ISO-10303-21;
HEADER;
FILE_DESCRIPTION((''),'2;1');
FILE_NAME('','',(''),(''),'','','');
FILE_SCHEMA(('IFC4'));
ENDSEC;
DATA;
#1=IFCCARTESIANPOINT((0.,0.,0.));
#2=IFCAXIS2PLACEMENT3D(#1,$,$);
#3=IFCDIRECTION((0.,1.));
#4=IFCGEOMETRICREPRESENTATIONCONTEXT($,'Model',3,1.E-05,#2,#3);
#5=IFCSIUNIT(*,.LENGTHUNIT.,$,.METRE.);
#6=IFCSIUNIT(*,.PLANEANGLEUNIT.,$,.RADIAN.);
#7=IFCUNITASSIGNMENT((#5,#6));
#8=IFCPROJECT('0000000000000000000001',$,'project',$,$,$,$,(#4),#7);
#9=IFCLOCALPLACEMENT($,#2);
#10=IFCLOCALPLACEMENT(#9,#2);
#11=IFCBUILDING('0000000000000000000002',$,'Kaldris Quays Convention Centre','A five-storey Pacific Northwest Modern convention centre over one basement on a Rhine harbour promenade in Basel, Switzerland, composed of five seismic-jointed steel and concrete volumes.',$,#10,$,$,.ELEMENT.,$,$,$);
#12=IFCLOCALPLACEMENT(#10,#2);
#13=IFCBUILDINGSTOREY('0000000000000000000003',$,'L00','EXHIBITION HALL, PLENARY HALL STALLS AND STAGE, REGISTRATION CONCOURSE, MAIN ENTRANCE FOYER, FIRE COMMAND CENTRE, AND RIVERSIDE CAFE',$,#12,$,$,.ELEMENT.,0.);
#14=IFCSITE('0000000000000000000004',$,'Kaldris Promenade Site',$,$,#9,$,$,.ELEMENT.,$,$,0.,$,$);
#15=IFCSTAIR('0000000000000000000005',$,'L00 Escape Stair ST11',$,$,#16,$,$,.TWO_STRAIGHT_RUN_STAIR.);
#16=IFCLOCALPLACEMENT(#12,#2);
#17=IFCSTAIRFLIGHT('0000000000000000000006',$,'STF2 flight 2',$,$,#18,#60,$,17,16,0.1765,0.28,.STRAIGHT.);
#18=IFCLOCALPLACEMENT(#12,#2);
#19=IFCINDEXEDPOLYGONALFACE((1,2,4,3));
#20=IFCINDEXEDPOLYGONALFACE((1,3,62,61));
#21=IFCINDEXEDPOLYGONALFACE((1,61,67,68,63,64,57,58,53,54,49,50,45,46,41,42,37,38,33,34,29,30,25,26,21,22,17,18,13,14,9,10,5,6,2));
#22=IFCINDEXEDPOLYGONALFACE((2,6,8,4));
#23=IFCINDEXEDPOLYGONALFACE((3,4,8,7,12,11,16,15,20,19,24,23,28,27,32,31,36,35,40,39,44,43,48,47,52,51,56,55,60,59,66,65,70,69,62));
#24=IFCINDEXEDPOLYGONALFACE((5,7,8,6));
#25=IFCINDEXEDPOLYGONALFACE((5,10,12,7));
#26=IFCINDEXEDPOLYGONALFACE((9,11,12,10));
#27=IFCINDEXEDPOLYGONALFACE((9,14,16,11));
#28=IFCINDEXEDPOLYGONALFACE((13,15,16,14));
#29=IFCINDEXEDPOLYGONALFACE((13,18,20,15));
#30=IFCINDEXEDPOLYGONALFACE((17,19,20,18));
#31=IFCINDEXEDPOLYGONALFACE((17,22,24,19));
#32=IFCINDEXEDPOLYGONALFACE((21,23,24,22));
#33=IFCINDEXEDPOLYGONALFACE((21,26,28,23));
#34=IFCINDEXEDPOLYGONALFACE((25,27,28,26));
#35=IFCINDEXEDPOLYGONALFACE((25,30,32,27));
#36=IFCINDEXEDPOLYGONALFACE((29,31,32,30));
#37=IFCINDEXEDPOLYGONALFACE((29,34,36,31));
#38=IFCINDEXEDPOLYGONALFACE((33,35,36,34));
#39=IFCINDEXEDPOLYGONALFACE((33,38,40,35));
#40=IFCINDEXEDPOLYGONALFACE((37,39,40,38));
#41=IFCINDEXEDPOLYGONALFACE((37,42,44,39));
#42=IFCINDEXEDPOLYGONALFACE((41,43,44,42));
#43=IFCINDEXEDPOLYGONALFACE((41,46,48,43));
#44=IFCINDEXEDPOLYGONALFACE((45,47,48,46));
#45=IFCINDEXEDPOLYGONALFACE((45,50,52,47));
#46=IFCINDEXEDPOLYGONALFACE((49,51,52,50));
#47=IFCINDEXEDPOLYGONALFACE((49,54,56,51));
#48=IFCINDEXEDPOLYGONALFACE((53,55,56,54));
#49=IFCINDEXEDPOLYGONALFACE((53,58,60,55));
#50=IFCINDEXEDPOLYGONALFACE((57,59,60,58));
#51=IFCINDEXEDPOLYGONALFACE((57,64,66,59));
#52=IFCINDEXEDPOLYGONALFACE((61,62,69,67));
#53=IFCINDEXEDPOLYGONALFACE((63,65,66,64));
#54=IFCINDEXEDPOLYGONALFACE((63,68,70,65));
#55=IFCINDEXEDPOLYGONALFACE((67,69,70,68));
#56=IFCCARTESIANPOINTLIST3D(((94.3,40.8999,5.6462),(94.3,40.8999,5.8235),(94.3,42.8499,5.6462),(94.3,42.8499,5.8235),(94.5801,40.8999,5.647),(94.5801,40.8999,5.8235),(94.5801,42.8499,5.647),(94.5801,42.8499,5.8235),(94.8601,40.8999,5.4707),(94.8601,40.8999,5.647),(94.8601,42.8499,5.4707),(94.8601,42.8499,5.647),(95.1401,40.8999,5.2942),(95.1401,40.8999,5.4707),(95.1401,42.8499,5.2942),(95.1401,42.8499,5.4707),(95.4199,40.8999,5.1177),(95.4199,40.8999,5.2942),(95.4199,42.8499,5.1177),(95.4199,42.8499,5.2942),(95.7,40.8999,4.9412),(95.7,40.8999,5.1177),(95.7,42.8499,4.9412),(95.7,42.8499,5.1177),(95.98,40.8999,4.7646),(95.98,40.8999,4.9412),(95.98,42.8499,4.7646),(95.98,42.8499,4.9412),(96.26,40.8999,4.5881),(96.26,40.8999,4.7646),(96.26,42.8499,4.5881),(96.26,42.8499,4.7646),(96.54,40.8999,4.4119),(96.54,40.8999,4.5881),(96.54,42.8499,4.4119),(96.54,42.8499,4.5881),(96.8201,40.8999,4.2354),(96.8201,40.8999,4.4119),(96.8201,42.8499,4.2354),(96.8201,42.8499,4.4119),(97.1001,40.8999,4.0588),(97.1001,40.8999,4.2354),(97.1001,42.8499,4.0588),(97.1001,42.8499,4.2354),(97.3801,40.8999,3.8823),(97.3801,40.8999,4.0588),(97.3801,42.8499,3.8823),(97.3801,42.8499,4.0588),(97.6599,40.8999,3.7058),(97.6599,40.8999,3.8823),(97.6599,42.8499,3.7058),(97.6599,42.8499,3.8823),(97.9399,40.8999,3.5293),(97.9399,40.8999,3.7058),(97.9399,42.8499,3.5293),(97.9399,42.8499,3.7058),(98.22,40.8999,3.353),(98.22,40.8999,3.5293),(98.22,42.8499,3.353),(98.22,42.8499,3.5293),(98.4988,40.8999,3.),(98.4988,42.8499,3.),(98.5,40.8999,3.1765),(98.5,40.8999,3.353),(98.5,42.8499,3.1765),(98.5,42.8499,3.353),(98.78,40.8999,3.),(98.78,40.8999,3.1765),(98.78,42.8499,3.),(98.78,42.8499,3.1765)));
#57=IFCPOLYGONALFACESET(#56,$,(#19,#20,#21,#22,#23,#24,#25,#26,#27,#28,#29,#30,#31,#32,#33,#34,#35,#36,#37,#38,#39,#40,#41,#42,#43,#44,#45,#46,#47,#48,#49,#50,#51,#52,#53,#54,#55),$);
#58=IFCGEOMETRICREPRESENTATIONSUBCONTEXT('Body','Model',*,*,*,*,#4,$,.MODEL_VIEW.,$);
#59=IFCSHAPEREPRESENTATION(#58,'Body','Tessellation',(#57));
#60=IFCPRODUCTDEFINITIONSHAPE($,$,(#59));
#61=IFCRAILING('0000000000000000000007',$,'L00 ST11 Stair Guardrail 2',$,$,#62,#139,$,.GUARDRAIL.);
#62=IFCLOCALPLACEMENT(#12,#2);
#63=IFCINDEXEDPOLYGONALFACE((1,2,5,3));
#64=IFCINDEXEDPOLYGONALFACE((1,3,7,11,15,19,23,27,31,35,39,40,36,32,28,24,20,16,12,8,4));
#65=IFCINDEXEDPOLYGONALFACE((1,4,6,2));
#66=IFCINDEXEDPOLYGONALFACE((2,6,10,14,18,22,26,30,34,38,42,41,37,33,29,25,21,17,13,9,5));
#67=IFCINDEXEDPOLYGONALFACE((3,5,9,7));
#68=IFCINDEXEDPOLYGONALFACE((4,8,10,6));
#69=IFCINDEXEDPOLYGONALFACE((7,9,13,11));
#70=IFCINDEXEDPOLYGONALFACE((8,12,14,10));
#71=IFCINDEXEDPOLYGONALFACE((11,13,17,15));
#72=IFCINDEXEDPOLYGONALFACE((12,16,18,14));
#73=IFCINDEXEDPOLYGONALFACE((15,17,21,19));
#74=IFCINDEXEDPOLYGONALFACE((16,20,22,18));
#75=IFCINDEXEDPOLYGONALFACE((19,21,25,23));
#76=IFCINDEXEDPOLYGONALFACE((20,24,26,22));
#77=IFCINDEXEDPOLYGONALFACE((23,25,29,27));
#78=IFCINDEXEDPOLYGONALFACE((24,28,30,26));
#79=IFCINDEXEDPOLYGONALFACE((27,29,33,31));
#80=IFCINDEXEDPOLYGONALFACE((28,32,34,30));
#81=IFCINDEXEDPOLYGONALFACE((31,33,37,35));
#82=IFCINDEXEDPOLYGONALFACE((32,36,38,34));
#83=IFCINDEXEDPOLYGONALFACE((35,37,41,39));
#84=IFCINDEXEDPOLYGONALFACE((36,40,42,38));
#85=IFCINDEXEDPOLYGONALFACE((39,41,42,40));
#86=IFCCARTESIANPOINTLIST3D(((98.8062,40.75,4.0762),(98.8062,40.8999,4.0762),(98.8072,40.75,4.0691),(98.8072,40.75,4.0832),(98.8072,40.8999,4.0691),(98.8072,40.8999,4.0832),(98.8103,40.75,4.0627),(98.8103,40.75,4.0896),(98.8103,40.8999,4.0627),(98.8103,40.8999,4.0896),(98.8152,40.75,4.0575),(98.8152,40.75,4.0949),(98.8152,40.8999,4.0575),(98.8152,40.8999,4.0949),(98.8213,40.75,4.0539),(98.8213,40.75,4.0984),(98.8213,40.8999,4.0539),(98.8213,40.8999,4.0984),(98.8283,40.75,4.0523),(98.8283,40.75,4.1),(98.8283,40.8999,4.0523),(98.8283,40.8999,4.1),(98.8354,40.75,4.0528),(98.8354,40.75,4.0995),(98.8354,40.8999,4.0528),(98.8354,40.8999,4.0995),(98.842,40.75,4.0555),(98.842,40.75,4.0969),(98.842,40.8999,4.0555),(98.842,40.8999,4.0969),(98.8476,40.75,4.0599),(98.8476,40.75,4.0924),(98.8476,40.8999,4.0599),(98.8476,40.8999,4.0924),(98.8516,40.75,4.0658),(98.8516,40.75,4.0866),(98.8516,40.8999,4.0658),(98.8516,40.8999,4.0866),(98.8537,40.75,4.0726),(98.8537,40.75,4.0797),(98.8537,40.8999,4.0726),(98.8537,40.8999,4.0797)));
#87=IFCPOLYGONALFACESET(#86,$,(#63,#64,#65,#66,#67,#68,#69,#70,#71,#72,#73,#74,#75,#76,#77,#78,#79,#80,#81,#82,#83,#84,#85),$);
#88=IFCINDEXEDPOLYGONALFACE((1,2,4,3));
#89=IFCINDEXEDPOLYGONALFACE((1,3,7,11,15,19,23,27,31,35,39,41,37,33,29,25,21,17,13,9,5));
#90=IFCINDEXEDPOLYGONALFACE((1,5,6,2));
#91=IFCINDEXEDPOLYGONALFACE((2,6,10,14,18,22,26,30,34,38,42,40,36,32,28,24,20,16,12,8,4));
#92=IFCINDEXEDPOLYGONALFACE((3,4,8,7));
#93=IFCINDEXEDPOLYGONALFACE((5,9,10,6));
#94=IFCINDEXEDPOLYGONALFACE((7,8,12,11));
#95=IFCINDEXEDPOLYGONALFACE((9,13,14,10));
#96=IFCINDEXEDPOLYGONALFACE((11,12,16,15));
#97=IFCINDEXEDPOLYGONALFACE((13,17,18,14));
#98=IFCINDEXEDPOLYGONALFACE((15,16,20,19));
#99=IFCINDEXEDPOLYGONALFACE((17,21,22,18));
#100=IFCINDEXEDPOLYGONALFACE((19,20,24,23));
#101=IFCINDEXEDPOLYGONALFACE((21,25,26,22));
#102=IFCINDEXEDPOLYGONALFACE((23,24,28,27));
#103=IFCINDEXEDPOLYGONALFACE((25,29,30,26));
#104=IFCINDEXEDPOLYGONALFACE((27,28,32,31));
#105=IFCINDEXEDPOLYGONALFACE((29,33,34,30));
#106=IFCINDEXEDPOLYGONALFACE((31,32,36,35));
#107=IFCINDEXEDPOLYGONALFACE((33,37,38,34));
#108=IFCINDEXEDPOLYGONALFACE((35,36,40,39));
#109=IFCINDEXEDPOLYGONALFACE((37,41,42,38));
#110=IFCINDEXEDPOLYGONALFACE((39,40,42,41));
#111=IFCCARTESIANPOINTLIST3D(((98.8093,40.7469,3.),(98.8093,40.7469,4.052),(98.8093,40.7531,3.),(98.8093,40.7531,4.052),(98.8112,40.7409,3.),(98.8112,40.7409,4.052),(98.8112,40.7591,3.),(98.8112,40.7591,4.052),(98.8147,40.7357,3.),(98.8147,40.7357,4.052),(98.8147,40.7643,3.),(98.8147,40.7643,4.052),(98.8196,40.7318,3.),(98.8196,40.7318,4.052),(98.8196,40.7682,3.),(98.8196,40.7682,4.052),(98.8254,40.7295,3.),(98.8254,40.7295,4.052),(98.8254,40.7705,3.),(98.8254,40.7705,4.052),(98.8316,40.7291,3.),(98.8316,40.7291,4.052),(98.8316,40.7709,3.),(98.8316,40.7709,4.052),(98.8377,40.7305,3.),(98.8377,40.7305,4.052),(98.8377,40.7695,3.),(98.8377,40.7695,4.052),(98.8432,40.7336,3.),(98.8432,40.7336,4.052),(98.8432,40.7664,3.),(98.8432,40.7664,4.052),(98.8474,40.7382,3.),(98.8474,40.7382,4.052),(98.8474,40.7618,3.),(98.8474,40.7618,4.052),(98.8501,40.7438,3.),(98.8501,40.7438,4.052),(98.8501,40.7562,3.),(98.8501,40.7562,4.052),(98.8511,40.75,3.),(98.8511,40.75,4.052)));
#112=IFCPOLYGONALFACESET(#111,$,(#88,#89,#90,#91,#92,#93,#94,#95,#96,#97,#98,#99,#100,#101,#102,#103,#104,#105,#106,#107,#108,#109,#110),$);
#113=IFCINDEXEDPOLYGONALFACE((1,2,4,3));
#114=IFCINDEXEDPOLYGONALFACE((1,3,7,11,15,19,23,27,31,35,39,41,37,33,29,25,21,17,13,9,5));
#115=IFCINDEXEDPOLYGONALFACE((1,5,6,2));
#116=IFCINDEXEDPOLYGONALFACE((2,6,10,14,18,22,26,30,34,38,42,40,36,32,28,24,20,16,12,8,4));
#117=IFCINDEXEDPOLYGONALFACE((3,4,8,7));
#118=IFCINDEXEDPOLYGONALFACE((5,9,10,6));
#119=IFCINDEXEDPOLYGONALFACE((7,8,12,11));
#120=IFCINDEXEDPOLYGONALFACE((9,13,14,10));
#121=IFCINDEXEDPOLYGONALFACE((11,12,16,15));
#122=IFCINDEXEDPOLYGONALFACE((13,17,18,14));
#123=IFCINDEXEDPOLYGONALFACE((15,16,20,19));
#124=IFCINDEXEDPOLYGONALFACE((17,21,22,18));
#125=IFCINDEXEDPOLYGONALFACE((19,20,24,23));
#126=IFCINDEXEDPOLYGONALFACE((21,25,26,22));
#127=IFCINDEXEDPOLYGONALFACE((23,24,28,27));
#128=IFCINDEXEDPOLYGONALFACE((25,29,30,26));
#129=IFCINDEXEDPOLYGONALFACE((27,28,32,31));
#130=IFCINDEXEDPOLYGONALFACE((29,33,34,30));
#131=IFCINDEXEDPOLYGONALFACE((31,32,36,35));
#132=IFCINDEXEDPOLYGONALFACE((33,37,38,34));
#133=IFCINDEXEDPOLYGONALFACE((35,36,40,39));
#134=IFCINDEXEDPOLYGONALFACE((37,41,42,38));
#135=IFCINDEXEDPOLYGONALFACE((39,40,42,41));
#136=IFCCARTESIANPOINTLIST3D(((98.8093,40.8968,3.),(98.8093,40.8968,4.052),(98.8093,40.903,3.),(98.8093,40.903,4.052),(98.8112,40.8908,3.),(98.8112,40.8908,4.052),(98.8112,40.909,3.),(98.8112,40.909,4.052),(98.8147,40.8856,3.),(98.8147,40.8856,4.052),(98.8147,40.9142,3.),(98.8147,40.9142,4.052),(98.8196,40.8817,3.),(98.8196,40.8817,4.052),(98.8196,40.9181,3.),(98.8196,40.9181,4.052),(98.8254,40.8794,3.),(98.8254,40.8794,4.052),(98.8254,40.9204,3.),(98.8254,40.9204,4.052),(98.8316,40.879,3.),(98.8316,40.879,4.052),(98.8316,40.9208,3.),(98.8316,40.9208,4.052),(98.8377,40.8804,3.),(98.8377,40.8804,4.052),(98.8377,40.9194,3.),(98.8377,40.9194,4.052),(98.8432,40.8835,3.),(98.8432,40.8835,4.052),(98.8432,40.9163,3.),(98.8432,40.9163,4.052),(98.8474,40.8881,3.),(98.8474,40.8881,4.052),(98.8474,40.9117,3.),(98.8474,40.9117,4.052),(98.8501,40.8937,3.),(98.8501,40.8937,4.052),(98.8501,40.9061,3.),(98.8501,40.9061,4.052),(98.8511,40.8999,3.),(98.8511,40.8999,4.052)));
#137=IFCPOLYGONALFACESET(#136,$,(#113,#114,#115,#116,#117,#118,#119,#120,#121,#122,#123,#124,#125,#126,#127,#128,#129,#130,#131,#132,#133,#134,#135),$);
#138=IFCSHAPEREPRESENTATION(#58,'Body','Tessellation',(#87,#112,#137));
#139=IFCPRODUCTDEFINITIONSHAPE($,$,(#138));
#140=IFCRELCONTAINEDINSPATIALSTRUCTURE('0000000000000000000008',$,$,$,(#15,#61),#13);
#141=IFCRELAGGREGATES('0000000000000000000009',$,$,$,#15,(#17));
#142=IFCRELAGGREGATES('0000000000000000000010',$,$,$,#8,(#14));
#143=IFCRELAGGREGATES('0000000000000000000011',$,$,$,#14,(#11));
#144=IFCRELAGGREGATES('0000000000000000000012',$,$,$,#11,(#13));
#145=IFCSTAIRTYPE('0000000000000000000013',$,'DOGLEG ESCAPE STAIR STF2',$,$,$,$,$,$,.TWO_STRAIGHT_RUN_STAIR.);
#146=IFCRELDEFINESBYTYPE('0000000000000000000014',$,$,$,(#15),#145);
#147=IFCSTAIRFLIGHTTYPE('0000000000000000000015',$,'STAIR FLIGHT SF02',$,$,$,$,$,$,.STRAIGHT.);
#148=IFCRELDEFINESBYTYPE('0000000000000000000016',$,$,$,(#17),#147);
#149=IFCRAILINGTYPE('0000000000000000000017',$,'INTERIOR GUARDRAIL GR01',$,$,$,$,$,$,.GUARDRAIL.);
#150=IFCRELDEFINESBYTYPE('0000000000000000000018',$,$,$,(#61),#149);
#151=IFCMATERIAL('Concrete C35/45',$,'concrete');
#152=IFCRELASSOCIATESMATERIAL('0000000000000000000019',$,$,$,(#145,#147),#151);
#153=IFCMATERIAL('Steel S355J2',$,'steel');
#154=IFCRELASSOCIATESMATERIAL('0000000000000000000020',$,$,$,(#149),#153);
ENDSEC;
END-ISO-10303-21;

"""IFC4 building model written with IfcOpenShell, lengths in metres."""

from ifc_helpers import new_model, si_unit, direction, frame, origin, origin_2d, place, context, subcontext, project, spatial, polyline, circle, outline, extrude, material, type_object, element, aggregate, save


model = new_model("IFC4")

# Units and contexts
model_context = context("Model", 3, precision=1e-05, world=origin(), true_north=direction((0.0, 1.0)))
body_context = subcontext(model_context, "Body", "Model", "MODEL_VIEW")
ifc_project = project(units=[si_unit("LENGTHUNIT", "METRE"), si_unit("PLANEANGLEUNIT", "RADIAN")], contexts=[model_context])

# Site, building, storey
site_placement = place(None, origin())
site = spatial("IfcSite", under=ifc_project, at=site_placement, Name="Kaldris Promenade Site", CompositionType="ELEMENT", RefElevation=0.0)
building_placement = place(site_placement, origin())
building = spatial("IfcBuilding", under=site, at=building_placement, Name="Kaldris Quays Convention Centre", Description="A five-storey Pacific Northwest Modern convention centre over one basement on a Rhine harbour promenade in Basel, Switzerland, composed of five seismic-jointed steel and concrete volumes.", CompositionType="ELEMENT")
storey_placement = place(building_placement, origin())
storey = spatial("IfcBuildingStorey", under=building, at=storey_placement, Name="L00", Description="EXHIBITION HALL, PLENARY HALL STALLS AND STAGE, REGISTRATION CONCOURSE, MAIN ENTRANCE FOYER, FIRE COMMAND CENTRE, AND RIVERSIDE CAFE", CompositionType="ELEMENT", Elevation=0.0)

# Shared definitions
ifc_material_1 = material(Name="Steel S355J2", Category="steel")

# Shared definitions
ifc_material_2 = material(Name="Concrete C35/45", Category="concrete")

# Stair, stair flight
stair_type = type_object("IfcStairType", Name="DOGLEG ESCAPE STAIR STF2", PredefinedType="TWO_STRAIGHT_RUN_STAIR", material=ifc_material_2)
stair_placement = place(storey_placement, origin())
stair = element("IfcStair", 1, at=stair_placement, inside=storey, type_object=stair_type, Name="L00 Escape Stair ST11", PredefinedType="TWO_STRAIGHT_RUN_STAIR")
stair_flight_type = type_object("IfcStairFlightType", Name="STAIR FLIGHT SF02", PredefinedType="STRAIGHT", material=ifc_material_2)
stair_flight_placement = place(storey_placement, frame((98.78, 41.875, 3.0), z_axis=(0.0, 0.0, 1.0), x_axis=(-1.0, 0.0, 0.0)))
stair_flight = element("IfcStairFlight", 2, at=stair_flight_placement, type_object=stair_flight_type, Name="STF2 flight 2", NumberOfRisers=17, NumberOfTreads=16, PredefinedType="STRAIGHT", RiserHeight=0.1765, TreadLength=0.28, context=body_context, shape_type="SweptSolid", body=[
    extrude(outline(polyline([(0.0, 0.0), (0.0, 0.1765), (0.28, 0.1765), (0.28, 0.353), (0.5601, 0.353), (0.5601, 0.5293), (0.8401, 0.5293), (0.8401, 0.7058), (1.1201, 0.7058), (1.1201, 0.8823), (1.3999, 0.8823), (1.3999, 1.0588), (1.6799, 1.0588), (1.6799, 1.2354), (1.96, 1.2354), (1.96, 1.4119), (2.24, 1.4119), (2.24, 1.5881), (2.52, 1.5881), (2.52, 1.7646), (2.8, 1.7646), (2.8, 1.9412), (3.0801, 1.9412), (3.0801, 2.1177), (3.3601, 2.1177), (3.3601, 2.2942), (3.6399, 2.2942), (3.6399, 2.4707), (3.9199, 2.4707), (3.9199, 2.647), (4.2, 2.647), (4.2, 2.8235), (4.48, 2.8235), (4.48, 3.0), (4.48, 2.6462), (0.2812, 0.0), (0.0, 0.0)])), frame((0.0, 0.9751, 0.0), z_axis=(0.0, -1.0, 0.0), x_axis=(1.0, 0.0, 0.0)), (0.0, 0.0, 1.0), 1.95),
])
aggregate(stair, [stair_flight])

# Railing
railing_type_1 = type_object("IfcRailingType", Name="INTERIOR GUARDRAIL GR01", PredefinedType="GUARDRAIL", material=ifc_material_1)
railing_1_placement = place(storey_placement, frame((98.8301, 40.75, 3.0)))
element("IfcRailing", 3, at=railing_1_placement, inside=storey, type_object=railing_type_1, Name="L00 ST11 Stair Guardrail 2", PredefinedType="GUARDRAIL", context=body_context, shape_type="SweptSolid", body=[
    extrude(circle(Radius=0.0239, at=origin_2d()), frame((0.0, 0.0, 1.0762), z_axis=(0.0, 1.0, 0.0), x_axis=(-1.0, 0.0, 0.0)), (0.0, 0.0, 1.0), 0.1499),
    extrude(circle(Radius=0.021, at=origin_2d()), origin(), (0.0, 0.0, 1.0), 1.052),
    extrude(circle(Radius=0.021, at=origin_2d()), frame((0.0, 0.1499, 0.0)), (0.0, 0.0, 1.0), 1.052),
])

save(model, "model.ifc")
